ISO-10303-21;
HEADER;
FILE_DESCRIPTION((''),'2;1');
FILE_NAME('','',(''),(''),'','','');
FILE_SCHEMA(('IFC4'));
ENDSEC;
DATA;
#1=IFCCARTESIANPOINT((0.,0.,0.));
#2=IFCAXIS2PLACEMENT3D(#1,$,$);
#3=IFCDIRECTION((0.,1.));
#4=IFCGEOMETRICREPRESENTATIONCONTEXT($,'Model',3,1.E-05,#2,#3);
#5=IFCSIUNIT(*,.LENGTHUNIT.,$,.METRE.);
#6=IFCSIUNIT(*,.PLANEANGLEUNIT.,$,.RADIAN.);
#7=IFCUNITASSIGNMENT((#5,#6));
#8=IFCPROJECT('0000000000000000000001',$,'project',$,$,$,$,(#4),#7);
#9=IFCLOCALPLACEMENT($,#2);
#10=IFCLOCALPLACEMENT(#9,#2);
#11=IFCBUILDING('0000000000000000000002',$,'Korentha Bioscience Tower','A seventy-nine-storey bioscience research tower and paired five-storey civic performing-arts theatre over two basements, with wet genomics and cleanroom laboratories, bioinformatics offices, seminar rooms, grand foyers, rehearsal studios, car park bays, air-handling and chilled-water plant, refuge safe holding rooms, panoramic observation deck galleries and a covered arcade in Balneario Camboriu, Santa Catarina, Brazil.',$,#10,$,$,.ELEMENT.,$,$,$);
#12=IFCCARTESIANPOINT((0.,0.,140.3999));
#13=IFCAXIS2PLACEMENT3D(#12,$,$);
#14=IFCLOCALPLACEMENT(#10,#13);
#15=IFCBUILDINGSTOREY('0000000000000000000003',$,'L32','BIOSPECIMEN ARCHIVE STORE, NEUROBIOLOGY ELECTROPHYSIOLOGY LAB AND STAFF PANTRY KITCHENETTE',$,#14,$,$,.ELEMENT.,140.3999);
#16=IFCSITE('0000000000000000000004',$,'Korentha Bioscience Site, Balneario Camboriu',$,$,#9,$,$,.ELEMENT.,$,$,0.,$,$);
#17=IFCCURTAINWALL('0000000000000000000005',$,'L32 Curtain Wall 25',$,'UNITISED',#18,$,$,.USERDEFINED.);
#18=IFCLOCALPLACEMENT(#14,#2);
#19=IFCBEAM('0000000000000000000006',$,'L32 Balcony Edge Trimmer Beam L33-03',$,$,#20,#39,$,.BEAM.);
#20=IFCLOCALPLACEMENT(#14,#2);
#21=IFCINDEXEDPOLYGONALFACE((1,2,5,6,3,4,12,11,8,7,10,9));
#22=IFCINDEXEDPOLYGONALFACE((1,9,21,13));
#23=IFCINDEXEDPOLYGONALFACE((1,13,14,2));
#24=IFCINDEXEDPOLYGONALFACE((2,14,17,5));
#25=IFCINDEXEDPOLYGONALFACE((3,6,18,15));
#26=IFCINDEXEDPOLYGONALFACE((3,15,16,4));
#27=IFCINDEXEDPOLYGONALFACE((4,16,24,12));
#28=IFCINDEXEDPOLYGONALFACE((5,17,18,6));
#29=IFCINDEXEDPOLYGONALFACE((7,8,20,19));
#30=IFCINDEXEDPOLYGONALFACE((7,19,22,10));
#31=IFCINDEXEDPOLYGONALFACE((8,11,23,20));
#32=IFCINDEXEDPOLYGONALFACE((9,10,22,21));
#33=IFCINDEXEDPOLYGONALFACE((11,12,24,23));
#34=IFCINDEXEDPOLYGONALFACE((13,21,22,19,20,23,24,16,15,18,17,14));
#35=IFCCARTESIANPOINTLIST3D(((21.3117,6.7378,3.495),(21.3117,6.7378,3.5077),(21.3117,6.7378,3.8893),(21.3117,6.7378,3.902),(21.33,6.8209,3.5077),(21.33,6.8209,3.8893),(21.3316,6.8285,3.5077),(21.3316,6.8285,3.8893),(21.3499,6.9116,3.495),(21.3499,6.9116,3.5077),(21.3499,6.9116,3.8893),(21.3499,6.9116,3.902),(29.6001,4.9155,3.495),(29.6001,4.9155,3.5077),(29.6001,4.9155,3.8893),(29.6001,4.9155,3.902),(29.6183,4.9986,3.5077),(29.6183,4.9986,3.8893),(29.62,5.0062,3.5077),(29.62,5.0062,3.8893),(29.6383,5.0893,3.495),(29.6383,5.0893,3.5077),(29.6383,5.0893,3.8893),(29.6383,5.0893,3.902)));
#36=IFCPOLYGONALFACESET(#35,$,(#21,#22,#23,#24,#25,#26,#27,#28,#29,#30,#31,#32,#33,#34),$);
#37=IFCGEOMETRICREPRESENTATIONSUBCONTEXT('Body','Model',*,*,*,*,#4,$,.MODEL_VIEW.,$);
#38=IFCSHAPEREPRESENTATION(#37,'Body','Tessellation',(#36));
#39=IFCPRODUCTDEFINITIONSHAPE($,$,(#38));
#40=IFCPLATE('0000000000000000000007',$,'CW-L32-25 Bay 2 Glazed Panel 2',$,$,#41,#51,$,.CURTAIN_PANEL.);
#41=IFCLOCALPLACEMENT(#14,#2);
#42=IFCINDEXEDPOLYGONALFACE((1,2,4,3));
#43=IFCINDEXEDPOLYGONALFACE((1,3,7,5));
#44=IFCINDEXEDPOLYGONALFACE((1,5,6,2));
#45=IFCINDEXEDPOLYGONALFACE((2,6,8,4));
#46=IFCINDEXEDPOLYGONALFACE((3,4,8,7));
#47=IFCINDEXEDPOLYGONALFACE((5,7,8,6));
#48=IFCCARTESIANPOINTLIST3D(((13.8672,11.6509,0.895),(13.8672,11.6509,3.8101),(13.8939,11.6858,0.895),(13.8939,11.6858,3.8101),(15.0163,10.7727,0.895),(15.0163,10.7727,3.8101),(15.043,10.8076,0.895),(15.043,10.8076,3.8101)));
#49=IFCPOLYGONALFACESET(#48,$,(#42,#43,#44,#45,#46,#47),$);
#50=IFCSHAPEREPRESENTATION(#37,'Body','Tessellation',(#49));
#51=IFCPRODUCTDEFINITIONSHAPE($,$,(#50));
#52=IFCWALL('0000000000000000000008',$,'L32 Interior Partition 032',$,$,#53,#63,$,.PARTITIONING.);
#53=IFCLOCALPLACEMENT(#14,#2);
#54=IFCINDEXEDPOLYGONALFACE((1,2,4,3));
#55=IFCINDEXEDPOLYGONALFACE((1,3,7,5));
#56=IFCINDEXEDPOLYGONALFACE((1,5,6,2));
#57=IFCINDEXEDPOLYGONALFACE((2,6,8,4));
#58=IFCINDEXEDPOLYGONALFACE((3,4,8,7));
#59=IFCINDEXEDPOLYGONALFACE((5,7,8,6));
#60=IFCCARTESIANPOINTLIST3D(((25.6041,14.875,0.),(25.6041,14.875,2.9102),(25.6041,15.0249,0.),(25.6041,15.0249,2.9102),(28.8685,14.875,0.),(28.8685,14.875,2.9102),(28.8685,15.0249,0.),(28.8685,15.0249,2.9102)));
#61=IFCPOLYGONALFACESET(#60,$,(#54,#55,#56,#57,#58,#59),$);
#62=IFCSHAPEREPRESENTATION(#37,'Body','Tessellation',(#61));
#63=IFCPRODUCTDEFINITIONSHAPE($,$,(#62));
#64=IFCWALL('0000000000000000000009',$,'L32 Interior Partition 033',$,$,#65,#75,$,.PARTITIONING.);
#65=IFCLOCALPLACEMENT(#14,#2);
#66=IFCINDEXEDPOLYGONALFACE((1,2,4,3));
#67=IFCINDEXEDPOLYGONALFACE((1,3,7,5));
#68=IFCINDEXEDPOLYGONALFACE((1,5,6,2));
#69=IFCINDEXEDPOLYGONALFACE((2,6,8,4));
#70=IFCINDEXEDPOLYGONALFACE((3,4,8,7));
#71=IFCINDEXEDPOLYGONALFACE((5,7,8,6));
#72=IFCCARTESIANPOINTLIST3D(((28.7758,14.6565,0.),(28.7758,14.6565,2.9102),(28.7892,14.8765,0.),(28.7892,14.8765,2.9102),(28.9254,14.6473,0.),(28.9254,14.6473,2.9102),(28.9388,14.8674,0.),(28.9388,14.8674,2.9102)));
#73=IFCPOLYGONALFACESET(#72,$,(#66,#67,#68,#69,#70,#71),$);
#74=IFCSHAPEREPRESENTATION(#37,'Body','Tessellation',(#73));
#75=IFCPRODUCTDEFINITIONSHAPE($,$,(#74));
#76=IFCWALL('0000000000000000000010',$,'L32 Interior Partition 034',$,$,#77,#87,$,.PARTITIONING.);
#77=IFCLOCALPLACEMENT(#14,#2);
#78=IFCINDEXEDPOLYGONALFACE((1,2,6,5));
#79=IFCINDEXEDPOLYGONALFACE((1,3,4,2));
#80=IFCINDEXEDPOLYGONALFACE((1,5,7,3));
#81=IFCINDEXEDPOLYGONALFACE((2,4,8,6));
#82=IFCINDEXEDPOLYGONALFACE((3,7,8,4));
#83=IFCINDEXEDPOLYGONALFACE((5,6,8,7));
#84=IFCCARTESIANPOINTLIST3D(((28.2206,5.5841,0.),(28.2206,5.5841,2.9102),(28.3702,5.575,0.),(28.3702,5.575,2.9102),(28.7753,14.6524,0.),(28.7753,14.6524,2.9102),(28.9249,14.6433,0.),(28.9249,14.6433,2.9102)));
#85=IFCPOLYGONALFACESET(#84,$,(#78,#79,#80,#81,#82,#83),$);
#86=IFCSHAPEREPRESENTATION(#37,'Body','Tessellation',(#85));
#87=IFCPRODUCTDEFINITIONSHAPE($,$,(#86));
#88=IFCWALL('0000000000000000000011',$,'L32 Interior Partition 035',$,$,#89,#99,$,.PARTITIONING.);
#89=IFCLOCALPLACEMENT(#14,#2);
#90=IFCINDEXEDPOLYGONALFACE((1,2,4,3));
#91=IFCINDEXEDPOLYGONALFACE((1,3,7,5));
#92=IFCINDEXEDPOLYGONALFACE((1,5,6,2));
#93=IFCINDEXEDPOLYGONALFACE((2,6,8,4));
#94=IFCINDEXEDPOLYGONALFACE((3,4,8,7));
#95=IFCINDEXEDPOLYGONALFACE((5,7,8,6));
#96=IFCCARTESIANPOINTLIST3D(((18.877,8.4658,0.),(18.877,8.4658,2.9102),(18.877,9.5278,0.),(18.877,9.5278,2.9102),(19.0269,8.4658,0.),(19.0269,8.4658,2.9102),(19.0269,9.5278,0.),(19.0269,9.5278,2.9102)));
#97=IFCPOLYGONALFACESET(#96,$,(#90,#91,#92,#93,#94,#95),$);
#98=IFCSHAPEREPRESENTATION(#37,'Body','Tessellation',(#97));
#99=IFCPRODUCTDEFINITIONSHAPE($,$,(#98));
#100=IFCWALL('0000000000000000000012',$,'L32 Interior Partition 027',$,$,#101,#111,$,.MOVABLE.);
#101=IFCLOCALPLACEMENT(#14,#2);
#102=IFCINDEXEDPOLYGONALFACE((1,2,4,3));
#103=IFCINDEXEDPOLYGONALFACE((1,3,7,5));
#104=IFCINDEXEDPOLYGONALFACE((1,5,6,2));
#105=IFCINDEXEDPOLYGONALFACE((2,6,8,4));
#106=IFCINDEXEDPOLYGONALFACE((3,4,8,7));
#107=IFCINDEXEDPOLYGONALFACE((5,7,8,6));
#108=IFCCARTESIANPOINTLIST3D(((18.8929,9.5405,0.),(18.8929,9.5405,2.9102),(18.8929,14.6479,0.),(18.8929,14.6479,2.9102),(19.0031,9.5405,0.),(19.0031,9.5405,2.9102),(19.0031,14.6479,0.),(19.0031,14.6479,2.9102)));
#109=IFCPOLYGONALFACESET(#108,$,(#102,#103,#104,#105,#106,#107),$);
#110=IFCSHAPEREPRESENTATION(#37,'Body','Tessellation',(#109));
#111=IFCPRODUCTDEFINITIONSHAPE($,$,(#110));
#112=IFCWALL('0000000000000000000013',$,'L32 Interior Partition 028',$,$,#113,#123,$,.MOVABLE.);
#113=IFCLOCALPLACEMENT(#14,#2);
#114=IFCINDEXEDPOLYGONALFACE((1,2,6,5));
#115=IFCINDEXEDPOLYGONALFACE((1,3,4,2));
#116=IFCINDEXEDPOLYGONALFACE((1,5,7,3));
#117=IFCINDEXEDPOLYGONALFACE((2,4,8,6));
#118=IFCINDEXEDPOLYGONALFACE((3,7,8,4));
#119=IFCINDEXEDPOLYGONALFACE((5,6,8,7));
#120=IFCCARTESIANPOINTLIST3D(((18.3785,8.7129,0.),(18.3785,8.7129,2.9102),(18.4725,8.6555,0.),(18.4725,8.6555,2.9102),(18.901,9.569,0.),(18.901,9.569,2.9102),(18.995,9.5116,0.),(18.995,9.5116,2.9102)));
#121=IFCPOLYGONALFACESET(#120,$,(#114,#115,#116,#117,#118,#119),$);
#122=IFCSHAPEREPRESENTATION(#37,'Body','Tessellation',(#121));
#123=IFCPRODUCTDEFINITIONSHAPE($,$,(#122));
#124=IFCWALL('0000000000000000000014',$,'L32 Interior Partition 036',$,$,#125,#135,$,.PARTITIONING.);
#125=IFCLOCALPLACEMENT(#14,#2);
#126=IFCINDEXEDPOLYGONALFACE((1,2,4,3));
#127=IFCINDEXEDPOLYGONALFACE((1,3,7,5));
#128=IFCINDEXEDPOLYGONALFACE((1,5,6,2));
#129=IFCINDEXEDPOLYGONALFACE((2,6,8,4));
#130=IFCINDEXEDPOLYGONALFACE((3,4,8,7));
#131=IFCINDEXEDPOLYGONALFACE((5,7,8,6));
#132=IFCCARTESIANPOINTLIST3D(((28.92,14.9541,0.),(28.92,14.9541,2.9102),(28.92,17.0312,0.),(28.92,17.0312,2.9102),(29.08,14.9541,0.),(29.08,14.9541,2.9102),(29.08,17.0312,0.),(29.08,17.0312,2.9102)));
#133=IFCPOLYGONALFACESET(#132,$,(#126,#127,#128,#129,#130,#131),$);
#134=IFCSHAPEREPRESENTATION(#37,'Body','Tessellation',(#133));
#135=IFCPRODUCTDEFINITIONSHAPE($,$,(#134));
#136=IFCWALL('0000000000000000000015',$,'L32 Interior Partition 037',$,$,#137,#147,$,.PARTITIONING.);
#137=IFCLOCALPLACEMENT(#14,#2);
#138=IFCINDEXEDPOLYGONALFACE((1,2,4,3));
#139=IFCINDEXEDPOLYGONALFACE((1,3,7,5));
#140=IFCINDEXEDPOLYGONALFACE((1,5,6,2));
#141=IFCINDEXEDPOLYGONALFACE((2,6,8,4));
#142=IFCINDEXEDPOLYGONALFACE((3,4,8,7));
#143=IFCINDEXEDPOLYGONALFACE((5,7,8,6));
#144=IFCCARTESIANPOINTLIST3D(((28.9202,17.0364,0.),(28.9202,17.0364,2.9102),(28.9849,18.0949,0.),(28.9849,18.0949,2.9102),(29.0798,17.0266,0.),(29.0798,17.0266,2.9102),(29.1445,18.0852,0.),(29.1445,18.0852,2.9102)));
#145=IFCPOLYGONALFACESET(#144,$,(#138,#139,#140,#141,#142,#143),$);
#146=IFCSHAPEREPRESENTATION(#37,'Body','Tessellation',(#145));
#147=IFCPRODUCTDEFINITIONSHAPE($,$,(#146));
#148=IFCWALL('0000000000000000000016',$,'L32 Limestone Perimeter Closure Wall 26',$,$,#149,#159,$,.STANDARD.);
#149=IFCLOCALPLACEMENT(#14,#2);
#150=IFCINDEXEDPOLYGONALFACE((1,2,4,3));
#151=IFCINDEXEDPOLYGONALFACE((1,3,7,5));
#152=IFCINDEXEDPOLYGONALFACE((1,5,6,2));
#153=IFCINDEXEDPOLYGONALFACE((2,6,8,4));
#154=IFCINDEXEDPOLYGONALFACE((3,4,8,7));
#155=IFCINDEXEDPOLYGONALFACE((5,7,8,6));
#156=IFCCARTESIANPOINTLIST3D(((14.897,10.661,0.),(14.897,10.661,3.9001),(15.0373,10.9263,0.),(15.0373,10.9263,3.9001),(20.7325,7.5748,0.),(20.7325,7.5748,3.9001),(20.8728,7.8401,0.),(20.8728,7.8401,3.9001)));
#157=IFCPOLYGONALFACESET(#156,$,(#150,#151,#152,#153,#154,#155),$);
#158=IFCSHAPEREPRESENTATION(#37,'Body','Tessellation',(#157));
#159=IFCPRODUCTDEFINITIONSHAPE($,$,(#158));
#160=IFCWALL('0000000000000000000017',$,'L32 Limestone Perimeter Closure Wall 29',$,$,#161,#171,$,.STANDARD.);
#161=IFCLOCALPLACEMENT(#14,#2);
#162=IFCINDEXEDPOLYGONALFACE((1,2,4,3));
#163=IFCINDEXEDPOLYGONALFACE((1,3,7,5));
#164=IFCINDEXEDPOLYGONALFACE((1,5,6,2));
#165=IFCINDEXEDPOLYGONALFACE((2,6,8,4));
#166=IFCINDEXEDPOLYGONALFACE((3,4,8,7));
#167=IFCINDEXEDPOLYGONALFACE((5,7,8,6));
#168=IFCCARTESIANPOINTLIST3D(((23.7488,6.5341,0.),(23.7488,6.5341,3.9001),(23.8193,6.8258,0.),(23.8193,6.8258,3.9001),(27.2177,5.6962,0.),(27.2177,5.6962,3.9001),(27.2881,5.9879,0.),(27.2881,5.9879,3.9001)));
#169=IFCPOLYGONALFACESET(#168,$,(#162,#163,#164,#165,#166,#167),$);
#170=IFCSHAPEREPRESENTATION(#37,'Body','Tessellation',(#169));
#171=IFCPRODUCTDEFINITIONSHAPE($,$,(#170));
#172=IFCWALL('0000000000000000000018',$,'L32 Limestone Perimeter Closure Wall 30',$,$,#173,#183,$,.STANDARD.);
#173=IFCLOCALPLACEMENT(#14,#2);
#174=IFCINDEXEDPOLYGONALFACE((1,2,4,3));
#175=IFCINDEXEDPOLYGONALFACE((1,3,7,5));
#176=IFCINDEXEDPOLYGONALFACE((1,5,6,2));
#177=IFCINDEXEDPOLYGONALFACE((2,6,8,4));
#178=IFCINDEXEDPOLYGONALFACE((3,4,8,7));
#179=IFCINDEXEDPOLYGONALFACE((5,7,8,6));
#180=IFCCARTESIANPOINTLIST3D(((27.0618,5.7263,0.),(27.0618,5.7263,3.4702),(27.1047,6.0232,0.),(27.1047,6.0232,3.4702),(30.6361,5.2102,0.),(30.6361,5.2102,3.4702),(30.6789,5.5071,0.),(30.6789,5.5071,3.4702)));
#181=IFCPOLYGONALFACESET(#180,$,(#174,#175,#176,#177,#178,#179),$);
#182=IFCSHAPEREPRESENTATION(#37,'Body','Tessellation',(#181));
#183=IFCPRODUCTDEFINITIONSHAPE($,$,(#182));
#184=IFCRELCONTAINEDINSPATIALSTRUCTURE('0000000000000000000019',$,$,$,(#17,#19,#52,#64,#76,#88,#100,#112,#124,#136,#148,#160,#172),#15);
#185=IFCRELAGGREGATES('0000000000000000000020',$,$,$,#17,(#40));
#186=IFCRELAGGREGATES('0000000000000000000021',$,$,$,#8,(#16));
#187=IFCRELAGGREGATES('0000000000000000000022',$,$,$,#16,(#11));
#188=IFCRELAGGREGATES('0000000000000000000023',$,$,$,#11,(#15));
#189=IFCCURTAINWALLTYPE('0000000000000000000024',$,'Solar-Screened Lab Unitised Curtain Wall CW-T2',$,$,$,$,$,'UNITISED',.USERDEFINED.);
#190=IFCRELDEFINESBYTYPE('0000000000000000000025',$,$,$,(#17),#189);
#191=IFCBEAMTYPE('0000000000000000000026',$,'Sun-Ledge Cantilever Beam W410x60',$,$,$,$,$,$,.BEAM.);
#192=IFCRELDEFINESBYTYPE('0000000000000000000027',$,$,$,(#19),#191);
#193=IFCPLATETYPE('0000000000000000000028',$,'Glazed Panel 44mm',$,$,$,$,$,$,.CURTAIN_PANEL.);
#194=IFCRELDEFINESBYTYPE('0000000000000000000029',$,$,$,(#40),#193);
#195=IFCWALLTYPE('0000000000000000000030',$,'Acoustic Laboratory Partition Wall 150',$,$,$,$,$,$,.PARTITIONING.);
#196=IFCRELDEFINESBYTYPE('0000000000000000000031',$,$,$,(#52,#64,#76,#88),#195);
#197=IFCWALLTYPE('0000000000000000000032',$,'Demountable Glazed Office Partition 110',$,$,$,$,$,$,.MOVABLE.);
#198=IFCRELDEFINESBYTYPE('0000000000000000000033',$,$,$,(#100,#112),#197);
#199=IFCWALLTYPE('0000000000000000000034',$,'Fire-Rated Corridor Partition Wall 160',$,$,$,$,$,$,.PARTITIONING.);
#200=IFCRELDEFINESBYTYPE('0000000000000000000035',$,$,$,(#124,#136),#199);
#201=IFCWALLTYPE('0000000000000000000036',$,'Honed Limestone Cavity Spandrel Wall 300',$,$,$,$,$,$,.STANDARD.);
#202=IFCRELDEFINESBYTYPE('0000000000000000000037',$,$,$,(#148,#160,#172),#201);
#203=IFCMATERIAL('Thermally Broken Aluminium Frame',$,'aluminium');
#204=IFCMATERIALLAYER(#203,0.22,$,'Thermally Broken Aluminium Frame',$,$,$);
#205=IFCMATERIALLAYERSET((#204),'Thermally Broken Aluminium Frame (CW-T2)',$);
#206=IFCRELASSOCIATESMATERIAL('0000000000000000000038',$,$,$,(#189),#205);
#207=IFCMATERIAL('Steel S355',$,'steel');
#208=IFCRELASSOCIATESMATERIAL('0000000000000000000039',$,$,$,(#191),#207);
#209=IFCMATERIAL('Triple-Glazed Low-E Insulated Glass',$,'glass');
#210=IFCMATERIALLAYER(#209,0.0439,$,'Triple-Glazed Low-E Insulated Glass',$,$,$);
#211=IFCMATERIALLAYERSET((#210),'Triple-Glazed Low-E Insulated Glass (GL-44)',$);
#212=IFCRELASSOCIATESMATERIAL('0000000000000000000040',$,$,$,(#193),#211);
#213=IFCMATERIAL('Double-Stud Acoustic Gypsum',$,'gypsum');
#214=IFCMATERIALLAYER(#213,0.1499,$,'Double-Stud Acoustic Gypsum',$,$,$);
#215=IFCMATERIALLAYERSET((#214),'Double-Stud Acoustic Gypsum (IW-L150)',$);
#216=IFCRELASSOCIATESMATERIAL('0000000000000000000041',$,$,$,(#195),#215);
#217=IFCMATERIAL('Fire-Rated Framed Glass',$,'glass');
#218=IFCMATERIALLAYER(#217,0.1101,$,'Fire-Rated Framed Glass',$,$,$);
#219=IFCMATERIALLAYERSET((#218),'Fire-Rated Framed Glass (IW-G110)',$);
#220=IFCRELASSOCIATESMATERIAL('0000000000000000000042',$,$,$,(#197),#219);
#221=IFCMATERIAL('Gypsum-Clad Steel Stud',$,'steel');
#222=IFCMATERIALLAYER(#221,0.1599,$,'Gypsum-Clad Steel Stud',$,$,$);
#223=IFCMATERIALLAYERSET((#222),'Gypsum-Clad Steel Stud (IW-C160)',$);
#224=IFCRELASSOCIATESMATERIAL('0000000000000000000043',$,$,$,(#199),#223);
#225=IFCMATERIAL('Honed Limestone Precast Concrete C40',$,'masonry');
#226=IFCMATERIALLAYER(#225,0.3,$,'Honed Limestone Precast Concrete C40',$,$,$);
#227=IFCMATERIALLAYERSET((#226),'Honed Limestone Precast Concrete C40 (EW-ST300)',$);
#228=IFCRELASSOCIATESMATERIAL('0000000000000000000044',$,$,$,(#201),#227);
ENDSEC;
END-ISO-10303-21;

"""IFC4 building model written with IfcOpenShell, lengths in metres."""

from ifc_helpers import new_model, si_unit, direction, frame, frame_2d, origin, origin_2d, place, context, subcontext, project, spatial, rectangle, i_section, extrude, material, layer, layer_set, material_profile, profile_set, type_object, element, aggregate, save


model = new_model("IFC4")

# Units and contexts
model_context = context("Model", 3, precision=1e-05, world=origin(), true_north=direction((0.0, 1.0)))
body_context = subcontext(model_context, "Body", "Model", "MODEL_VIEW")
ifc_project = project(units=[si_unit("LENGTHUNIT", "METRE"), si_unit("PLANEANGLEUNIT", "RADIAN")], contexts=[model_context])

# Site, building, storey
site_placement = place(None, origin())
site = spatial("IfcSite", under=ifc_project, at=site_placement, Name="Korentha Bioscience Site, Balneario Camboriu", CompositionType="ELEMENT", RefElevation=0.0)
building_placement = place(site_placement, origin())
building = spatial("IfcBuilding", under=site, at=building_placement, Name="Korentha Bioscience Tower", Description="A seventy-nine-storey bioscience research tower and paired five-storey civic performing-arts theatre over two basements, with wet genomics and cleanroom laboratories, bioinformatics offices, seminar rooms, grand foyers, rehearsal studios, car park bays, air-handling and chilled-water plant, refuge safe holding rooms, panoramic observation deck galleries and a covered arcade in Balneario Camboriu, Santa Catarina, Brazil.", CompositionType="ELEMENT")
storey_placement = place(building_placement, frame((0.0, 0.0, 140.3999)))
storey = spatial("IfcBuildingStorey", under=building, at=storey_placement, Name="L32", Description="BIOSPECIMEN ARCHIVE STORE, NEUROBIOLOGY ELECTROPHYSIOLOGY LAB AND STAFF PANTRY KITCHENETTE", CompositionType="ELEMENT", Elevation=140.3999)

# Curtain wall
ifc_material_1 = material(Name="Thermally Broken Aluminium Frame", Category="aluminium")
ifc_layer_1 = layer(ifc_material_1, 0.22, Name="Thermally Broken Aluminium Frame")
ifc_layer_set_1 = layer_set([ifc_layer_1], Name="Thermally Broken Aluminium Frame (CW-T2)")
curtain_wall_type = type_object("IfcCurtainWallType", Name="Solar-Screened Lab Unitised Curtain Wall CW-T2", ElementType="UNITISED", PredefinedType="USERDEFINED", material=ifc_layer_set_1)
curtain_wall_placement = place(storey_placement, origin())
curtain_wall = element("IfcCurtainWall", 1, at=curtain_wall_placement, inside=storey, type_object=curtain_wall_type, Name="L32 Curtain Wall 25", ObjectType="UNITISED", PredefinedType="USERDEFINED")

# Beam
ifc_material_2 = material(Name="Steel S355", Category="steel")
ifc_material_profile_1 = material_profile(ifc_material_2, i_section(OverallWidth=0.178, OverallDepth=0.407, WebThickness=0.0078, FlangeThickness=0.0127, at=origin_2d()), Name="Steel S355")
ifc_profile_set_1 = profile_set([ifc_material_profile_1], Name="Steel S355 (CB-410)")
beam_type_1 = type_object("IfcBeamType", Name="Sun-Ledge Cantilever Beam W410x60", PredefinedType="BEAM", material=ifc_profile_set_1)
beam_1_placement = place(storey_placement, frame((21.3308, 6.8247, 3.6985), z_axis=(0.976673, -0.214731, 0.0), x_axis=(0.214731, 0.976673, 0.0)))
element("IfcBeam", 2, at=beam_1_placement, inside=storey, type_object=beam_type_1, Name="L32 Balcony Edge Trimmer Beam L33-03", PredefinedType="BEAM", context=body_context, shape_type="SweptSolid", body=[
    extrude(i_section(OverallWidth=0.178, OverallDepth=0.407, WebThickness=0.0078, FlangeThickness=0.0127, at=origin_2d()), origin(), (0.0, 0.0, 1.0), 8.4863),
])

# Plate
ifc_material_3 = material(Name="Triple-Glazed Low-E Insulated Glass", Category="glass")
ifc_layer_2 = layer(ifc_material_3, 0.0439, Name="Triple-Glazed Low-E Insulated Glass")
ifc_layer_set_2 = layer_set([ifc_layer_2], Name="Triple-Glazed Low-E Insulated Glass (GL-44)")
plate_type = type_object("IfcPlateType", Name="Glazed Panel 44mm", PredefinedType="CURTAIN_PANEL", material=ifc_layer_set_2)
plate_placement = place(storey_placement, frame((14.4551, 11.2292, 0.895), z_axis=(0.0, 0.0, 1.0), x_axis=(0.7945, -0.607265, 0.0)))
plate = element("IfcPlate", 3, at=plate_placement, type_object=plate_type, Name="CW-L32-25 Bay 2 Glazed Panel 2", PredefinedType="CURTAIN_PANEL", context=body_context, shape_type="SweptSolid", body=[
    extrude(rectangle(XDim=1.4463, YDim=0.0439, at=origin_2d()), origin(), (0.0, 0.0, 1.0), 2.915),
])
aggregate(curtain_wall, [plate])

# Walls
ifc_material_4 = material(Name="Double-Stud Acoustic Gypsum", Category="gypsum")
ifc_layer_3 = layer(ifc_material_4, 0.1499, Name="Double-Stud Acoustic Gypsum")
ifc_layer_set_3 = layer_set([ifc_layer_3], Name="Double-Stud Acoustic Gypsum (IW-L150)")
wall_type_1 = type_object("IfcWallType", Name="Acoustic Laboratory Partition Wall 150", PredefinedType="PARTITIONING", material=ifc_layer_set_3)
wall_1_placement = place(storey_placement, frame((25.604, 14.95, 0.0), z_axis=(0.0, 0.0, 1.0), x_axis=(1.0, 0.0, 0.0)))
element("IfcWall", 4, at=wall_1_placement, inside=storey, type_object=wall_type_1, Name="L32 Interior Partition 032", PredefinedType="PARTITIONING", context=body_context, shape_type="SweptSolid", body=[
    extrude(rectangle(XDim=3.2644, YDim=0.1499, at=frame_2d((1.6323, 0.0))), origin(), (0.0, 0.0, 1.0), 2.9102),
])
wall_2_placement = place(storey_placement, frame((28.864, 14.8721, 0.0), z_axis=(0.0, 0.0, 1.0), x_axis=(-0.06093, -0.998142, 0.0)))
element("IfcWall", 5, at=wall_2_placement, inside=storey, type_object=wall_type_1, Name="L32 Interior Partition 033", PredefinedType="PARTITIONING", context=body_context, shape_type="SweptSolid", body=[
    extrude(rectangle(XDim=0.2205, YDim=0.1499, at=frame_2d((0.1104, 0.0))), origin(), (0.0, 0.0, 1.0), 2.9102),
])
wall_3_placement = place(storey_placement, frame((28.8501, 14.6477, 0.0), z_axis=(0.0, 0.0, 1.0), x_axis=(-0.061053, -0.998135, 0.0)))
element("IfcWall", 6, at=wall_3_placement, inside=storey, type_object=wall_type_1, Name="L32 Interior Partition 034", PredefinedType="PARTITIONING", context=body_context, shape_type="SweptSolid", body=[
    extrude(rectangle(XDim=9.0852, YDim=0.1499, at=frame_2d((4.5425, 0.0))), origin(), (0.0, 0.0, 1.0), 2.9102),
])
wall_4_placement = place(storey_placement, frame((18.9519, 8.4658, 0.0), z_axis=(0.0, 0.0, 1.0), x_axis=(0.0, 1.0, 0.0)))
element("IfcWall", 7, at=wall_4_placement, inside=storey, type_object=wall_type_1, Name="L32 Interior Partition 035", PredefinedType="PARTITIONING", context=body_context, shape_type="SweptSolid", body=[
    extrude(rectangle(XDim=1.062, YDim=0.1499, at=frame_2d((0.531, 0.0))), origin(), (0.0, 0.0, 1.0), 2.9102),
])
ifc_material_5 = material(Name="Fire-Rated Framed Glass", Category="glass")
ifc_layer_4 = layer(ifc_material_5, 0.1101, Name="Fire-Rated Framed Glass")
ifc_layer_set_4 = layer_set([ifc_layer_4], Name="Fire-Rated Framed Glass (IW-G110)")
wall_type_2 = type_object("IfcWallType", Name="Demountable Glazed Office Partition 110", PredefinedType="MOVABLE", material=ifc_layer_set_4)
wall_5_placement = place(storey_placement, frame((18.948, 14.6479, 0.0), z_axis=(0.0, 0.0, 1.0), x_axis=(0.0, -1.0, 0.0)))
element("IfcWall", 8, at=wall_5_placement, inside=storey, type_object=wall_type_2, Name="L32 Interior Partition 027", PredefinedType="MOVABLE", context=body_context, shape_type="SweptSolid", body=[
    extrude(rectangle(XDim=5.1074, YDim=0.1101, at=frame_2d((2.5537, 0.0))), origin(), (0.0, 0.0, 1.0), 2.9102),
])
wall_6_placement = place(storey_placement, frame((18.948, 9.5403, 0.0), z_axis=(0.0, 0.0, 1.0), x_axis=(-0.520997, -0.853559, 0.0)))
element("IfcWall", 9, at=wall_6_placement, inside=storey, type_object=wall_type_2, Name="L32 Interior Partition 028", PredefinedType="MOVABLE", context=body_context, shape_type="SweptSolid", body=[
    extrude(rectangle(XDim=1.0029, YDim=0.1101, at=frame_2d((0.5015, 0.0))), origin(), (0.0, 0.0, 1.0), 2.9102),
])
ifc_material_6 = material(Name="Gypsum-Clad Steel Stud", Category="steel")
ifc_layer_5 = layer(ifc_material_6, 0.1599, Name="Gypsum-Clad Steel Stud")
ifc_layer_set_5 = layer_set([ifc_layer_5], Name="Gypsum-Clad Steel Stud (IW-C160)")
wall_type_3 = type_object("IfcWallType", Name="Fire-Rated Corridor Partition Wall 160", PredefinedType="PARTITIONING", material=ifc_layer_set_5)
wall_7_placement = place(storey_placement, frame((29.0, 14.9541, 0.0), z_axis=(0.0, 0.0, 1.0), x_axis=(0.0, 1.0, 0.0)))
element("IfcWall", 10, at=wall_7_placement, inside=storey, type_object=wall_type_3, Name="L32 Interior Partition 036", PredefinedType="PARTITIONING", context=body_context, shape_type="SweptSolid", body=[
    extrude(rectangle(XDim=2.0771, YDim=0.1599, at=frame_2d((1.0386, 0.0))), origin(), (0.0, 0.0, 1.0), 2.9102),
])
wall_8_placement = place(storey_placement, frame((29.0, 17.0315, 0.0), z_axis=(0.0, 0.0, 1.0), x_axis=(0.061002, 0.998138, 0.0)))
element("IfcWall", 11, at=wall_8_placement, inside=storey, type_object=wall_type_3, Name="L32 Interior Partition 037", PredefinedType="PARTITIONING", context=body_context, shape_type="SweptSolid", body=[
    extrude(rectangle(XDim=1.0605, YDim=0.1599, at=frame_2d((0.5303, 0.0))), origin(), (0.0, 0.0, 1.0), 2.9102),
])

# Shared definitions
ifc_material_7 = material(Name="Honed Limestone Precast Concrete C40", Category="masonry")
ifc_layer_6 = layer(ifc_material_7, 0.3, Name="Honed Limestone Precast Concrete C40")
ifc_layer_set_6 = layer_set([ifc_layer_6], Name="Honed Limestone Precast Concrete C40 (EW-ST300)")
wall_type_4 = type_object("IfcWallType", Name="Honed Limestone Cavity Spandrel Wall 300", PredefinedType="STANDARD", material=ifc_layer_set_6)

# Walls
wall_9_placement = place(storey_placement, frame((14.967, 10.7937, 0.0), z_axis=(0.0, 0.0, 1.0), x_axis=(0.883987, -0.467512, 0.0)))
element("IfcWall", 12, at=wall_9_placement, inside=storey, type_object=wall_type_4, Name="L32 Limestone Perimeter Closure Wall 26", PredefinedType="STANDARD", context=body_context, shape_type="SweptSolid", body=[
    extrude(rectangle(XDim=6.6013, YDim=0.3, at=frame_2d((3.3008, 0.0))), origin(), (0.0, 0.0, 1.0), 3.9001),
])
wall_10_placement = place(storey_placement, frame((23.7842, 6.6799, 0.0), z_axis=(0.0, 0.0, 1.0), x_axis=(0.972043, -0.234801, 0.0)))
element("IfcWall", 13, at=wall_10_placement, inside=storey, type_object=wall_type_4, Name="L32 Limestone Perimeter Closure Wall 29", PredefinedType="STANDARD", context=body_context, shape_type="SweptSolid", body=[
    extrude(rectangle(XDim=3.5686, YDim=0.3, at=frame_2d((1.7842, 0.0))), origin(), (0.0, 0.0, 1.0), 3.9001),
])
wall_11_placement = place(storey_placement, frame((27.0833, 5.8748, 0.0), z_axis=(0.0, 0.0, 1.0), x_axis=(0.989735, -0.142917, 0.0)))
element("IfcWall", 14, at=wall_11_placement, inside=storey, type_object=wall_type_4, Name="L32 Limestone Perimeter Closure Wall 30", PredefinedType="STANDARD", context=body_context, shape_type="SweptSolid", body=[
    extrude(rectangle(XDim=3.6113, YDim=0.3, at=frame_2d((1.8057, 0.0))), origin(), (0.0, 0.0, 1.0), 3.4702),
])

save(model, "model.ifc")
